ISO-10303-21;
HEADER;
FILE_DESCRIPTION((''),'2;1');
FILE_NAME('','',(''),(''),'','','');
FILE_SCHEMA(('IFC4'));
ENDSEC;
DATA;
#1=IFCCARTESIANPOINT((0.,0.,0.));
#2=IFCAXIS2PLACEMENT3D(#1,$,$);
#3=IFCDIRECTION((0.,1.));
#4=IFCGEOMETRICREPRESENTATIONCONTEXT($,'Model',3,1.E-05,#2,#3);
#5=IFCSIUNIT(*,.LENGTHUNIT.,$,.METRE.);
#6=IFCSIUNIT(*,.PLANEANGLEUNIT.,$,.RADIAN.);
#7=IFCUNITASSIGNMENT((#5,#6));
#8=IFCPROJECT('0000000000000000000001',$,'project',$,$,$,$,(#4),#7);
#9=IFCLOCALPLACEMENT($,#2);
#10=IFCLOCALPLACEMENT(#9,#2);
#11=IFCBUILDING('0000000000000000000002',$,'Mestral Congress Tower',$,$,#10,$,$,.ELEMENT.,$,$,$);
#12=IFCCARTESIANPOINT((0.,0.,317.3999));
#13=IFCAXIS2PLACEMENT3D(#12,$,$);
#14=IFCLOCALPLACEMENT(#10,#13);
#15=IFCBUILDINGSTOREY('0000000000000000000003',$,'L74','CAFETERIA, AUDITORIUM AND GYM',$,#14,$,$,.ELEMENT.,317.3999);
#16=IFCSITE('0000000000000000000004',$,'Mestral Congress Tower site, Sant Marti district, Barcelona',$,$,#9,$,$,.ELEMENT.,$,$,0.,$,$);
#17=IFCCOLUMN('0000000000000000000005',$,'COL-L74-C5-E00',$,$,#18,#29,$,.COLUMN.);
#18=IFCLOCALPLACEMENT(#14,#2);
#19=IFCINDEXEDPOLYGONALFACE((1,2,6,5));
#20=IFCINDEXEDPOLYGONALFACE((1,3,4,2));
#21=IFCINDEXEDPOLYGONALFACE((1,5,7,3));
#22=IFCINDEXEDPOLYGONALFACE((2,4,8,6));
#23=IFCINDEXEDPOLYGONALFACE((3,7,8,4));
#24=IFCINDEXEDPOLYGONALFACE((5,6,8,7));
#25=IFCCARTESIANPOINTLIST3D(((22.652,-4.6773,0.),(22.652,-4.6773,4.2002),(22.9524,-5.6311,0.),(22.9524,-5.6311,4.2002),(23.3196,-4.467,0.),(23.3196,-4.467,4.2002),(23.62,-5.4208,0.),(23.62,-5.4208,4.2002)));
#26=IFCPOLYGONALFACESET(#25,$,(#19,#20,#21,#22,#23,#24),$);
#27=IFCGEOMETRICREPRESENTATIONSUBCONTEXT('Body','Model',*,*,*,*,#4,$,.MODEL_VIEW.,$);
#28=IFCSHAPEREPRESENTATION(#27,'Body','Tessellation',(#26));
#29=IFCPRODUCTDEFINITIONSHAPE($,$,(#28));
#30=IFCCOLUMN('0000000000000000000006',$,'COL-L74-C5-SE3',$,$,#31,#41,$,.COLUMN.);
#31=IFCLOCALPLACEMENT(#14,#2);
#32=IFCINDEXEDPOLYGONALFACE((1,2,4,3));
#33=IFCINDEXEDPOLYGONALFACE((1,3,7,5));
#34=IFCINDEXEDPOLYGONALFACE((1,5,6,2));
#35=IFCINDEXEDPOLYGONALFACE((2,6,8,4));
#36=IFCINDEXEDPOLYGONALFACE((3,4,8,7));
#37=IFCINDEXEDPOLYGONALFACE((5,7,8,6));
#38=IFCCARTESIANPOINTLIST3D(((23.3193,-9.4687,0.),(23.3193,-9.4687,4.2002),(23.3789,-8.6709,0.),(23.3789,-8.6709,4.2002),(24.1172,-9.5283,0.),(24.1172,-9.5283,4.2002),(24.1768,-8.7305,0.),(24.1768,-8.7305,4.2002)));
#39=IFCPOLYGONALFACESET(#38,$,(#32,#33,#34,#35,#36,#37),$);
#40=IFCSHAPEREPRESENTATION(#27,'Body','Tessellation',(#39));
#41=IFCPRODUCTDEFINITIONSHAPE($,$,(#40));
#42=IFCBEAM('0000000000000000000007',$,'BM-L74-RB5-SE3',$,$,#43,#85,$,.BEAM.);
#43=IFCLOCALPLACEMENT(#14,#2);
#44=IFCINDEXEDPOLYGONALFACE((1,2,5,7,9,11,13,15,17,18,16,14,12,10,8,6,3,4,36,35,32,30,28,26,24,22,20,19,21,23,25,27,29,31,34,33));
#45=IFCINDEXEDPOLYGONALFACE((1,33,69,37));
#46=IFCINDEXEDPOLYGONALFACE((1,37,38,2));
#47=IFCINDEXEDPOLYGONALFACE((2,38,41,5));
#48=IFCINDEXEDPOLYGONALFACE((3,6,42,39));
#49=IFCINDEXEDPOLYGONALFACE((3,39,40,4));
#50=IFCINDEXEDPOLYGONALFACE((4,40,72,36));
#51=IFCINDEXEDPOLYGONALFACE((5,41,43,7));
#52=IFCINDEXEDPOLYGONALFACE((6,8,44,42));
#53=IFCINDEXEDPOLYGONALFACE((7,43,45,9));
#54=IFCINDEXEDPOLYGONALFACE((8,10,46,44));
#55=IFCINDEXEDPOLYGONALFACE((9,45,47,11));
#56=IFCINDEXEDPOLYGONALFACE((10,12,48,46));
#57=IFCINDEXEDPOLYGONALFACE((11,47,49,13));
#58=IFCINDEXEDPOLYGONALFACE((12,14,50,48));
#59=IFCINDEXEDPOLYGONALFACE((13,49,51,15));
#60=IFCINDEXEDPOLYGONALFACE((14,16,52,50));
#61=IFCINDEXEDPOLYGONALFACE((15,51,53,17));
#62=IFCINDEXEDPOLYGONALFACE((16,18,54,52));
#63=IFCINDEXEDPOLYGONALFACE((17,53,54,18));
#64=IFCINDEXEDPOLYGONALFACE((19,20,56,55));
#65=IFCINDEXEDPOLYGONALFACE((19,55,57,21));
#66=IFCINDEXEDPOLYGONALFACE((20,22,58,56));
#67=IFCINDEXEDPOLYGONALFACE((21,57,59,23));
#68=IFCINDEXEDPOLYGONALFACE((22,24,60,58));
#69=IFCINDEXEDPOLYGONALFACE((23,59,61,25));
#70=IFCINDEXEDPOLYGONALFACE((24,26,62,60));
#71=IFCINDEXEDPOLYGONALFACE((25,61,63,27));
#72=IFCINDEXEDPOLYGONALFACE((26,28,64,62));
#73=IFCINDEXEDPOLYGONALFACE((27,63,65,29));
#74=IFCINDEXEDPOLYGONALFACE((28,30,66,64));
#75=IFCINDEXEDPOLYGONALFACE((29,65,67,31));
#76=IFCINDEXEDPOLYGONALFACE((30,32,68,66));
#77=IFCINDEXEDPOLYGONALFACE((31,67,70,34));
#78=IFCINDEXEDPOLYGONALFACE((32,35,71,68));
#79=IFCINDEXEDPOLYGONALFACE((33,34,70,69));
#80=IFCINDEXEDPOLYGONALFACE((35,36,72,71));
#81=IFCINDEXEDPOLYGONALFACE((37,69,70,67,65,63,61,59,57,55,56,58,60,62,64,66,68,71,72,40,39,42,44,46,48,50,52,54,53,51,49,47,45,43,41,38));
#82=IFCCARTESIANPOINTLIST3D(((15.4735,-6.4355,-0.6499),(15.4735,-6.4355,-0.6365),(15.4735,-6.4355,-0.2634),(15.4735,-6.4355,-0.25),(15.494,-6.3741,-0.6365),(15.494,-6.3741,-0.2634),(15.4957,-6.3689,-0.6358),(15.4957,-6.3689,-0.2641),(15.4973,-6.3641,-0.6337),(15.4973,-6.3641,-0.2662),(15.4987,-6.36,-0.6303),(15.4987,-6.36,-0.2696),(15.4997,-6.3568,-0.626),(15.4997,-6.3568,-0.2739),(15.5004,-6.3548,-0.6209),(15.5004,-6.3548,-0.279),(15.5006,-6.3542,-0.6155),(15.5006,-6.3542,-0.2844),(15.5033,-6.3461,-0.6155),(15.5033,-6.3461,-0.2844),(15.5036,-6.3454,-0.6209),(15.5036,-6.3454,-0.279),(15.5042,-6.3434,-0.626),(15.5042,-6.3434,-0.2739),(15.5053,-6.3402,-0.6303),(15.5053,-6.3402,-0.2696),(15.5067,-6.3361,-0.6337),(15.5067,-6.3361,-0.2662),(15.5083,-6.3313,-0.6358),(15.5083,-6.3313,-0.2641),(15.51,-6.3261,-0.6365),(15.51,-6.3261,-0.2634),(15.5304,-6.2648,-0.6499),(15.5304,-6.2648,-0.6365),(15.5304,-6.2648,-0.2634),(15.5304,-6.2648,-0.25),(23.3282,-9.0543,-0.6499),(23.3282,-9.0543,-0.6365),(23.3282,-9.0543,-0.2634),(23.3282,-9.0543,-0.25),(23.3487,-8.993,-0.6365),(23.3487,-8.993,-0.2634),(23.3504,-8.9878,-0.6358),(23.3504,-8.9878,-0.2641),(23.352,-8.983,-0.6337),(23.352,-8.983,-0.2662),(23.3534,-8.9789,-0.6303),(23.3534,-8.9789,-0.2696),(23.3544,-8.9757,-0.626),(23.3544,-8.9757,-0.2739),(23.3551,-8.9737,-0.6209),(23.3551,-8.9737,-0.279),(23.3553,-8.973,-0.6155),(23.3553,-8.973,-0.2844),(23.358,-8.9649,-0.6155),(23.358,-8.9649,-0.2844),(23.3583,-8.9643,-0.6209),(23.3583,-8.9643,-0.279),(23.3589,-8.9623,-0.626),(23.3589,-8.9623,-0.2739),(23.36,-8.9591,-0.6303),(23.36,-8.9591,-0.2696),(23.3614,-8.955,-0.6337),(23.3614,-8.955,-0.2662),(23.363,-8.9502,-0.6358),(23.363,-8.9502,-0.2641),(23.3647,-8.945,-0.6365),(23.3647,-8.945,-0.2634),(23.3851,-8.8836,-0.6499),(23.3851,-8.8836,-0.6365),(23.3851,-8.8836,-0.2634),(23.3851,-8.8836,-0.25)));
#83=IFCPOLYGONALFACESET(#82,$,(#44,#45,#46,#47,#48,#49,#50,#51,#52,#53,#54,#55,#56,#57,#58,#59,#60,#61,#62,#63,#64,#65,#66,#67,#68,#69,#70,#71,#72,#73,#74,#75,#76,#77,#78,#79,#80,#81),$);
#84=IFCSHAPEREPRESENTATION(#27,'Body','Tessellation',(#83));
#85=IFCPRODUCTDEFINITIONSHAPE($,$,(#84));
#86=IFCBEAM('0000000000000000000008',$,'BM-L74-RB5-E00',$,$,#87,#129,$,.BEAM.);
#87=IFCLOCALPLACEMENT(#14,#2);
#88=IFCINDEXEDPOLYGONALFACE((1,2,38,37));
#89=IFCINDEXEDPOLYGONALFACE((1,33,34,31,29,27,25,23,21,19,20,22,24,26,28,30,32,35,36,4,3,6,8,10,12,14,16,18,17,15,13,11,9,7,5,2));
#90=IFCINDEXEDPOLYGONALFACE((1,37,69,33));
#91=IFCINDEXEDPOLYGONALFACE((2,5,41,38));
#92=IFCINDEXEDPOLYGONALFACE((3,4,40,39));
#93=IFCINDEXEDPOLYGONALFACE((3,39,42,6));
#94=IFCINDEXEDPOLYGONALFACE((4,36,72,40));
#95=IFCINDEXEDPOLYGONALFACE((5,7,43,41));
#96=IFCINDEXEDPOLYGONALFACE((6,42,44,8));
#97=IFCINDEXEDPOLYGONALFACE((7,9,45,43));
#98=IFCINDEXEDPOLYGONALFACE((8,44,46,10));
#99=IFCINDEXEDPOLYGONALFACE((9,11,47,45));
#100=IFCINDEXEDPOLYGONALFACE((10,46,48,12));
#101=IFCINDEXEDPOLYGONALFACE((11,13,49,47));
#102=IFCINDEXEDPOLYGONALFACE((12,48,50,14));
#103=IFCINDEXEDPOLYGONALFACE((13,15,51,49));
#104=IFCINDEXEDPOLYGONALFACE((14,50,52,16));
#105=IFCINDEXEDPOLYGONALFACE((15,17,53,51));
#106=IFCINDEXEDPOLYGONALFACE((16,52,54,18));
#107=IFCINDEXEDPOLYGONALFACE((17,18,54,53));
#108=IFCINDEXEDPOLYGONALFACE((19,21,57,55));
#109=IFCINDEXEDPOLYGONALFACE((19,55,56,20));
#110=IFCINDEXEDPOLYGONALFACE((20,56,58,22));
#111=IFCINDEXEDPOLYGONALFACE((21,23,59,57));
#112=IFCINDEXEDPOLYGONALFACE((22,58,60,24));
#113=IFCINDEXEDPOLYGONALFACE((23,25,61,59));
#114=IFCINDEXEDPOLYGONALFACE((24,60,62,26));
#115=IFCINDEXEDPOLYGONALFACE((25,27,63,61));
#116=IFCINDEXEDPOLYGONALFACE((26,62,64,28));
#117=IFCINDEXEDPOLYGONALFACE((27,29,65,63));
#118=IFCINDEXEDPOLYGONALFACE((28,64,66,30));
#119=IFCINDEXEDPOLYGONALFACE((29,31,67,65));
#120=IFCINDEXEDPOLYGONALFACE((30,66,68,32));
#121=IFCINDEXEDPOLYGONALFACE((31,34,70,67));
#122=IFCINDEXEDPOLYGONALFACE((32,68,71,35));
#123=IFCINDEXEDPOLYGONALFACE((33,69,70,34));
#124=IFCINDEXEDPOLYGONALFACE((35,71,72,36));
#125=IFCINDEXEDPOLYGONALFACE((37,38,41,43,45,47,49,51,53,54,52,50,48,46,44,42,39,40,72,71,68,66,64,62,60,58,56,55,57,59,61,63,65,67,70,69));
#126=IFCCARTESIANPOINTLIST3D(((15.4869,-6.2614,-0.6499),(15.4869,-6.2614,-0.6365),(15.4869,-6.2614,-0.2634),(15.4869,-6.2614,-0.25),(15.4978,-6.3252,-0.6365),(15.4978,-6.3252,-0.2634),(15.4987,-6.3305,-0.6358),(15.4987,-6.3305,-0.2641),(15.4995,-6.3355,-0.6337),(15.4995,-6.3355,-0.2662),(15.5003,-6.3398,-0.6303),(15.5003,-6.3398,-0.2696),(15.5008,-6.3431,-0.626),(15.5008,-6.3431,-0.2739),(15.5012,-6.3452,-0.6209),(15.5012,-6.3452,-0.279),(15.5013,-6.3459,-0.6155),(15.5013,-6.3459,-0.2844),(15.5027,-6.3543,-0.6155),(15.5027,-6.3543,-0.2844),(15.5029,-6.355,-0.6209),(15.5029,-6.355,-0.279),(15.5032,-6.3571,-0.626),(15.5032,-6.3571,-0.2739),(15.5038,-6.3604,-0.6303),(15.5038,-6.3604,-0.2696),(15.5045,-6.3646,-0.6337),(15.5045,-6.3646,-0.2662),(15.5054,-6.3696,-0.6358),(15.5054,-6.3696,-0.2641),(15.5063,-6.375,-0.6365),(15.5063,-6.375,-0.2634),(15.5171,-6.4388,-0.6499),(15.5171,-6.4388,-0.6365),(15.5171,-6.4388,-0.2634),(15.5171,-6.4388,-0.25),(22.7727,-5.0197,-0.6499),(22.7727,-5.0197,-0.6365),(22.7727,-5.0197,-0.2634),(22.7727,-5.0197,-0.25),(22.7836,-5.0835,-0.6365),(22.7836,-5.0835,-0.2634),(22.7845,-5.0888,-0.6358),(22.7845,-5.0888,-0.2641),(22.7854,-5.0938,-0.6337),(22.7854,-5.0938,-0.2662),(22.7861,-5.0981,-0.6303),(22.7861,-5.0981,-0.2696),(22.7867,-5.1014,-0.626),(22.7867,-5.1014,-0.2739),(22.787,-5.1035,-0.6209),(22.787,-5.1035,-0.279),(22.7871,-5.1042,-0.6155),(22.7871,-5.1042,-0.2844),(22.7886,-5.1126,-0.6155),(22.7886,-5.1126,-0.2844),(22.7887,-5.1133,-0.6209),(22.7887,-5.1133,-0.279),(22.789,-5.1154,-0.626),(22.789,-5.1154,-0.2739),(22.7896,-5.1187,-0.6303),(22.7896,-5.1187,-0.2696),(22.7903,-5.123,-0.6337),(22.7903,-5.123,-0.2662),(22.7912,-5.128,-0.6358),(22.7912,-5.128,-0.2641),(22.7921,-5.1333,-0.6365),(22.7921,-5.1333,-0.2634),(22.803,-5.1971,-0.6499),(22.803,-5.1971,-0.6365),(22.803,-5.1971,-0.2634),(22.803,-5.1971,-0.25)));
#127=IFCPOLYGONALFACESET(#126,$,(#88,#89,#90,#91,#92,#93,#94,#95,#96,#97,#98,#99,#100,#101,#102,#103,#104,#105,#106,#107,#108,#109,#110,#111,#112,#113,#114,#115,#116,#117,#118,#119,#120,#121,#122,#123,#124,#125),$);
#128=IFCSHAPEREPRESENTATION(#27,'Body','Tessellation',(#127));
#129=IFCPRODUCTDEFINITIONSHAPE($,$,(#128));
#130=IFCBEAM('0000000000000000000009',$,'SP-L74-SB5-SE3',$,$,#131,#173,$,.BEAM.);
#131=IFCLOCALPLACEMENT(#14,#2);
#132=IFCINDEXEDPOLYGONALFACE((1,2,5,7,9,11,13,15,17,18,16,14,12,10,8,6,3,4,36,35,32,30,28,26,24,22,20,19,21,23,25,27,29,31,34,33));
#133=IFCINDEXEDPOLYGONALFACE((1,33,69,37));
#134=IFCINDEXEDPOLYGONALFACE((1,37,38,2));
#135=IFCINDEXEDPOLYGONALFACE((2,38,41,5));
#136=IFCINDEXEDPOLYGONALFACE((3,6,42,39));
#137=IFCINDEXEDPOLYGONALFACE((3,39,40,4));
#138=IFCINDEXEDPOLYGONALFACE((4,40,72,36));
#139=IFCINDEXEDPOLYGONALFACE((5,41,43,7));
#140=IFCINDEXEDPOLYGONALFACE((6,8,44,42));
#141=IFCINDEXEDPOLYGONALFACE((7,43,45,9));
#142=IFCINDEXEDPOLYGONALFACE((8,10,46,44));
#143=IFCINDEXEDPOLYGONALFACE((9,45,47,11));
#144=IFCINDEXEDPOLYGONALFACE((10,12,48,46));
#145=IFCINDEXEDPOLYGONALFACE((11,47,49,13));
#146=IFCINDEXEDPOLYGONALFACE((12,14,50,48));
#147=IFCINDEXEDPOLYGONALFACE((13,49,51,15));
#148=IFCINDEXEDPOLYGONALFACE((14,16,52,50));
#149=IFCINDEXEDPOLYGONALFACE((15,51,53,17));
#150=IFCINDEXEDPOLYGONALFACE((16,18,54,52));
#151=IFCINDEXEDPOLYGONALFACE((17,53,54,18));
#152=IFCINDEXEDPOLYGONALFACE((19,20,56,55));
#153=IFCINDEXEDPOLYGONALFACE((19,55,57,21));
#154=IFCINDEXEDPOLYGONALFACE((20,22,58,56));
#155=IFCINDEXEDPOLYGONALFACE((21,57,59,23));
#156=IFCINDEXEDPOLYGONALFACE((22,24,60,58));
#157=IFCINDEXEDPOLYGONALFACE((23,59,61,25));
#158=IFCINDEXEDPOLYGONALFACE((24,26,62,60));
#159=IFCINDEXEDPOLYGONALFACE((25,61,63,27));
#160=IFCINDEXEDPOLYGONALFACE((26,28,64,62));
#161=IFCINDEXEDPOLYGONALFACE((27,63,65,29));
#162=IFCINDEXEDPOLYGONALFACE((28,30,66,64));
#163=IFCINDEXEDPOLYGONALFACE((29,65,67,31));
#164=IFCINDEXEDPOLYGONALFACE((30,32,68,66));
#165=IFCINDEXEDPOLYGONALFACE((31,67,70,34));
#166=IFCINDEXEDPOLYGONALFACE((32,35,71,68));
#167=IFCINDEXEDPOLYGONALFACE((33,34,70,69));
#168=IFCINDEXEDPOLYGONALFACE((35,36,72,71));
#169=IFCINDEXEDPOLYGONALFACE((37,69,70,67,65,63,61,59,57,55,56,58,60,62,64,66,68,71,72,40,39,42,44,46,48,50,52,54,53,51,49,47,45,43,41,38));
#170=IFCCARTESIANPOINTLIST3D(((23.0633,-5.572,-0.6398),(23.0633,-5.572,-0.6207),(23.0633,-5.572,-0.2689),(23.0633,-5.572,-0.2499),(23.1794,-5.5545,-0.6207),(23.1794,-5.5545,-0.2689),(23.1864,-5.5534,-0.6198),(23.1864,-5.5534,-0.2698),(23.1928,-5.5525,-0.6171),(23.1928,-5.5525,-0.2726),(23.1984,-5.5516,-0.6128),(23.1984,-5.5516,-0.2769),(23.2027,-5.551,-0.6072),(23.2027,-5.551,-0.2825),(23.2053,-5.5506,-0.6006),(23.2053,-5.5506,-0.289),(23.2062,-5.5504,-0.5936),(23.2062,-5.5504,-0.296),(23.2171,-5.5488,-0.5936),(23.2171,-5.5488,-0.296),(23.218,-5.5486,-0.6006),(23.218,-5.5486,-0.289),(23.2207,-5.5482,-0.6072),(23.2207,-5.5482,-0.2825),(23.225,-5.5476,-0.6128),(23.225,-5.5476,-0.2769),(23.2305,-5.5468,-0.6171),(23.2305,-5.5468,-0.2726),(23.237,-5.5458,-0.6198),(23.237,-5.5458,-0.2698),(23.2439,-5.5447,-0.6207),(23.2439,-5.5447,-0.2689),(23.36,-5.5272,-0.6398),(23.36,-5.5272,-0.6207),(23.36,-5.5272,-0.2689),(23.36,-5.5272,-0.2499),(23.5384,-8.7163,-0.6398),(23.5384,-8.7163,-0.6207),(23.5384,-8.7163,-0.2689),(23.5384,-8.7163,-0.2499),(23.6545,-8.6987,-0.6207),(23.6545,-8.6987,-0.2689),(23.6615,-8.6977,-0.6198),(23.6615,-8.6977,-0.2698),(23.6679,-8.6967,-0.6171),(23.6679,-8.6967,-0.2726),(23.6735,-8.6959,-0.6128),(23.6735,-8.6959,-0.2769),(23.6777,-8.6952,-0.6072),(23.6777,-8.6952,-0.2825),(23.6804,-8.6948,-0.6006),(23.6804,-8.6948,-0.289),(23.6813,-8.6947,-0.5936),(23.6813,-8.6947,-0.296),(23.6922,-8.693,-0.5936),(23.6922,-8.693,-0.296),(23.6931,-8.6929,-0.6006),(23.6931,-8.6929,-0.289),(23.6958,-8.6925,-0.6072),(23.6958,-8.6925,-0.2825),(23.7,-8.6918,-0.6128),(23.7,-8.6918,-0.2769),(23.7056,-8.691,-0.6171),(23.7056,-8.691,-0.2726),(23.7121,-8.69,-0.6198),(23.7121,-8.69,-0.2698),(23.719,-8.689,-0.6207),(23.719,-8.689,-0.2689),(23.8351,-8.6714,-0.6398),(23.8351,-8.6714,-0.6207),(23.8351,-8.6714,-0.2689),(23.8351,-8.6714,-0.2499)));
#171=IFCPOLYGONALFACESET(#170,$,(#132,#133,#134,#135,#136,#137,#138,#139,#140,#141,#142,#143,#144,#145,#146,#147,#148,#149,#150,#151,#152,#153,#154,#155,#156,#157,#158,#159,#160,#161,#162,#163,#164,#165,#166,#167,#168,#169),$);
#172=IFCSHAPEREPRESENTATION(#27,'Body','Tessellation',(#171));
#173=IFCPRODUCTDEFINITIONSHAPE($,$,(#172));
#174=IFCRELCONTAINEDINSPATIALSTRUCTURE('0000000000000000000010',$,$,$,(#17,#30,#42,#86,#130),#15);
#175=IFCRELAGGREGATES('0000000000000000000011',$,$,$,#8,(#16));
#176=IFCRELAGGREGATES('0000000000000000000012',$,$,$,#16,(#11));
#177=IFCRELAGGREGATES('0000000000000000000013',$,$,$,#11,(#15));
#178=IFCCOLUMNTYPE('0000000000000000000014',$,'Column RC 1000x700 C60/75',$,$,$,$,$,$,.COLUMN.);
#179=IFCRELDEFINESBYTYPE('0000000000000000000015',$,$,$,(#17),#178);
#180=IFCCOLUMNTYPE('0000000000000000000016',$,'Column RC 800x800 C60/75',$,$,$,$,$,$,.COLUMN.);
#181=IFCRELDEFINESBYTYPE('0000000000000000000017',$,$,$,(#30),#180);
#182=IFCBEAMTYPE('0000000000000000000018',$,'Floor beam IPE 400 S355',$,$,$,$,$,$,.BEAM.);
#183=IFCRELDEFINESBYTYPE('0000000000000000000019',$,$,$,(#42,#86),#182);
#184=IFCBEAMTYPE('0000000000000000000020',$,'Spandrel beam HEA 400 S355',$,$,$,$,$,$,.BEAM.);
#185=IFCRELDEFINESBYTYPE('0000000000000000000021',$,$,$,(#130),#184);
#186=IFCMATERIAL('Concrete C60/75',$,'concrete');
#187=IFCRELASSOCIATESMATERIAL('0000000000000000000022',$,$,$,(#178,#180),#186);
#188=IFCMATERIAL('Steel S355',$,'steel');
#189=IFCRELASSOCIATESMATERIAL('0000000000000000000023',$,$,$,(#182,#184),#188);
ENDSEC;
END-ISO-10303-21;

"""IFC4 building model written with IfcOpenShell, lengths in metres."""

from ifc_helpers import new_model, si_unit, direction, frame, origin, origin_2d, place, context, subcontext, project, spatial, rectangle, i_section, extrude, material, material_profile, profile_set, type_object, element, save


model = new_model("IFC4")

# Units and contexts
model_context = context("Model", 3, precision=1e-05, world=origin(), true_north=direction((0.0, 1.0)))
body_context = subcontext(model_context, "Body", "Model", "MODEL_VIEW")
ifc_project = project(units=[si_unit("LENGTHUNIT", "METRE"), si_unit("PLANEANGLEUNIT", "RADIAN")], contexts=[model_context])

# Site, building, storey
site_placement = place(None, origin())
site = spatial("IfcSite", under=ifc_project, at=site_placement, Name="Mestral Congress Tower site, Sant Marti district, Barcelona", CompositionType="ELEMENT", RefElevation=0.0)
building_placement = place(site_placement, origin())
building = spatial("IfcBuilding", under=site, at=building_placement, Name="Mestral Congress Tower", CompositionType="ELEMENT")
storey_placement = place(building_placement, frame((0.0, 0.0, 317.3999)))
storey = spatial("IfcBuildingStorey", under=building, at=storey_placement, Name="L74", Description="CAFETERIA, AUDITORIUM AND GYM", CompositionType="ELEMENT", Elevation=317.3999)

# Columns
ifc_material_1 = material(Name="Concrete C60/75", Category="concrete")
ifc_material_profile_1 = material_profile(ifc_material_1, rectangle(XDim=1.0, YDim=0.7, at=origin_2d()), Name="RC 1000x700")
ifc_profile_set_1 = profile_set([ifc_material_profile_1], Name="Concrete C60/75")
column_type_1 = type_object("IfcColumnType", Name="Column RC 1000x700 C60/75", PredefinedType="COLUMN", material=ifc_profile_set_1)
column_1_placement = place(storey_placement, frame((23.136, -5.0491, 0.0), z_axis=(0.0, 0.0, 1.0), x_axis=(-0.300431, 0.953804, 0.0)))
element("IfcColumn", 1, at=column_1_placement, inside=storey, type_object=column_type_1, Name="COL-L74-C5-E00", PredefinedType="COLUMN", context=body_context, shape_type="SweptSolid", body=[
    extrude(rectangle(XDim=1.0, YDim=0.7, at=origin_2d()), origin(), (0.0, 0.0, 1.0), 4.2002),
])
ifc_material_profile_2 = material_profile(ifc_material_1, rectangle(XDim=0.8, YDim=0.8, at=origin_2d()), Name="RC 800x800")
ifc_profile_set_2 = profile_set([ifc_material_profile_2], Name="Concrete C60/75")
column_type_2 = type_object("IfcColumnType", Name="Column RC 800x800 C60/75", PredefinedType="COLUMN", material=ifc_profile_set_2)
column_2_placement = place(storey_placement, frame((23.748, -9.0996, 0.0), z_axis=(0.0, 0.0, 1.0), x_axis=(0.074511, 0.99722, 0.0)))
element("IfcColumn", 2, at=column_2_placement, inside=storey, type_object=column_type_2, Name="COL-L74-C5-SE3", PredefinedType="COLUMN", context=body_context, shape_type="SweptSolid", body=[
    extrude(rectangle(XDim=0.8, YDim=0.8, at=origin_2d()), origin(), (0.0, 0.0, 1.0), 4.2002),
])

# Beams
ifc_material_2 = material(Name="Steel S355", Category="steel")
ifc_material_profile_3 = material_profile(ifc_material_2, i_section(OverallWidth=0.1799, OverallDepth=0.3999, WebThickness=0.0085, FlangeThickness=0.0134, FilletRadius=0.021, at=origin_2d()), Name="IPE 400")
ifc_profile_set_3 = profile_set([ifc_material_profile_3], Name="Steel S355")
beam_type_1 = type_object("IfcBeamType", Name="Floor beam IPE 400 S355", PredefinedType="BEAM", material=ifc_profile_set_3)
beam_1_placement = place(storey_placement, frame((23.3567, -8.969, -0.45), z_axis=(-0.94866, 0.316299, 0.0), x_axis=(-0.316299, -0.94866, 0.0)))
element("IfcBeam", 3, at=beam_1_placement, inside=storey, type_object=beam_type_1, Name="BM-L74-RB5-SE3", PredefinedType="BEAM", context=body_context, shape_type="SweptSolid", body=[
    extrude(i_section(OverallWidth=0.1799, OverallDepth=0.3999, WebThickness=0.0085, FlangeThickness=0.0134, FilletRadius=0.021, at=origin_2d()), origin(), (0.0, 0.0, 1.0), 8.2798),
])
beam_2_placement = place(storey_placement, frame((22.7878, -5.1084, -0.45), z_axis=(-0.985787, -0.168003, 0.0), x_axis=(0.168003, -0.985787, 0.0)))
element("IfcBeam", 4, at=beam_2_placement, inside=storey, type_object=beam_type_1, Name="BM-L74-RB5-E00", PredefinedType="BEAM", context=body_context, shape_type="SweptSolid", body=[
    extrude(i_section(OverallWidth=0.1799, OverallDepth=0.3999, WebThickness=0.0085, FlangeThickness=0.0134, FilletRadius=0.021, at=origin_2d()), origin(), (0.0, 0.0, 1.0), 7.3909),
])
ifc_material_profile_4 = material_profile(ifc_material_2, i_section(OverallWidth=0.3, OverallDepth=0.3899, WebThickness=0.011, FlangeThickness=0.019, FilletRadius=0.0271, at=origin_2d()), Name="HEA 400")
ifc_profile_set_4 = profile_set([ifc_material_profile_4], Name="Steel S355")
beam_type_2 = type_object("IfcBeamType", Name="Spandrel beam HEA 400 S355", PredefinedType="BEAM", material=ifc_profile_set_4)
beam_3_placement = place(storey_placement, frame((23.6868, -8.6938, -0.4448), z_axis=(-0.149403, 0.988776, 0.0), x_axis=(-0.988776, -0.149403, 0.0)))
element("IfcBeam", 5, at=beam_3_placement, inside=storey, type_object=beam_type_2, Name="SP-L74-SB5-SE3", PredefinedType="BEAM", context=body_context, shape_type="SweptSolid", body=[
    extrude(i_section(OverallWidth=0.3, OverallDepth=0.3899, WebThickness=0.011, FlangeThickness=0.019, FilletRadius=0.0271, at=origin_2d()), origin(), (0.0, 0.0, 1.0), 3.1799),
])

save(model, "model.ifc")
